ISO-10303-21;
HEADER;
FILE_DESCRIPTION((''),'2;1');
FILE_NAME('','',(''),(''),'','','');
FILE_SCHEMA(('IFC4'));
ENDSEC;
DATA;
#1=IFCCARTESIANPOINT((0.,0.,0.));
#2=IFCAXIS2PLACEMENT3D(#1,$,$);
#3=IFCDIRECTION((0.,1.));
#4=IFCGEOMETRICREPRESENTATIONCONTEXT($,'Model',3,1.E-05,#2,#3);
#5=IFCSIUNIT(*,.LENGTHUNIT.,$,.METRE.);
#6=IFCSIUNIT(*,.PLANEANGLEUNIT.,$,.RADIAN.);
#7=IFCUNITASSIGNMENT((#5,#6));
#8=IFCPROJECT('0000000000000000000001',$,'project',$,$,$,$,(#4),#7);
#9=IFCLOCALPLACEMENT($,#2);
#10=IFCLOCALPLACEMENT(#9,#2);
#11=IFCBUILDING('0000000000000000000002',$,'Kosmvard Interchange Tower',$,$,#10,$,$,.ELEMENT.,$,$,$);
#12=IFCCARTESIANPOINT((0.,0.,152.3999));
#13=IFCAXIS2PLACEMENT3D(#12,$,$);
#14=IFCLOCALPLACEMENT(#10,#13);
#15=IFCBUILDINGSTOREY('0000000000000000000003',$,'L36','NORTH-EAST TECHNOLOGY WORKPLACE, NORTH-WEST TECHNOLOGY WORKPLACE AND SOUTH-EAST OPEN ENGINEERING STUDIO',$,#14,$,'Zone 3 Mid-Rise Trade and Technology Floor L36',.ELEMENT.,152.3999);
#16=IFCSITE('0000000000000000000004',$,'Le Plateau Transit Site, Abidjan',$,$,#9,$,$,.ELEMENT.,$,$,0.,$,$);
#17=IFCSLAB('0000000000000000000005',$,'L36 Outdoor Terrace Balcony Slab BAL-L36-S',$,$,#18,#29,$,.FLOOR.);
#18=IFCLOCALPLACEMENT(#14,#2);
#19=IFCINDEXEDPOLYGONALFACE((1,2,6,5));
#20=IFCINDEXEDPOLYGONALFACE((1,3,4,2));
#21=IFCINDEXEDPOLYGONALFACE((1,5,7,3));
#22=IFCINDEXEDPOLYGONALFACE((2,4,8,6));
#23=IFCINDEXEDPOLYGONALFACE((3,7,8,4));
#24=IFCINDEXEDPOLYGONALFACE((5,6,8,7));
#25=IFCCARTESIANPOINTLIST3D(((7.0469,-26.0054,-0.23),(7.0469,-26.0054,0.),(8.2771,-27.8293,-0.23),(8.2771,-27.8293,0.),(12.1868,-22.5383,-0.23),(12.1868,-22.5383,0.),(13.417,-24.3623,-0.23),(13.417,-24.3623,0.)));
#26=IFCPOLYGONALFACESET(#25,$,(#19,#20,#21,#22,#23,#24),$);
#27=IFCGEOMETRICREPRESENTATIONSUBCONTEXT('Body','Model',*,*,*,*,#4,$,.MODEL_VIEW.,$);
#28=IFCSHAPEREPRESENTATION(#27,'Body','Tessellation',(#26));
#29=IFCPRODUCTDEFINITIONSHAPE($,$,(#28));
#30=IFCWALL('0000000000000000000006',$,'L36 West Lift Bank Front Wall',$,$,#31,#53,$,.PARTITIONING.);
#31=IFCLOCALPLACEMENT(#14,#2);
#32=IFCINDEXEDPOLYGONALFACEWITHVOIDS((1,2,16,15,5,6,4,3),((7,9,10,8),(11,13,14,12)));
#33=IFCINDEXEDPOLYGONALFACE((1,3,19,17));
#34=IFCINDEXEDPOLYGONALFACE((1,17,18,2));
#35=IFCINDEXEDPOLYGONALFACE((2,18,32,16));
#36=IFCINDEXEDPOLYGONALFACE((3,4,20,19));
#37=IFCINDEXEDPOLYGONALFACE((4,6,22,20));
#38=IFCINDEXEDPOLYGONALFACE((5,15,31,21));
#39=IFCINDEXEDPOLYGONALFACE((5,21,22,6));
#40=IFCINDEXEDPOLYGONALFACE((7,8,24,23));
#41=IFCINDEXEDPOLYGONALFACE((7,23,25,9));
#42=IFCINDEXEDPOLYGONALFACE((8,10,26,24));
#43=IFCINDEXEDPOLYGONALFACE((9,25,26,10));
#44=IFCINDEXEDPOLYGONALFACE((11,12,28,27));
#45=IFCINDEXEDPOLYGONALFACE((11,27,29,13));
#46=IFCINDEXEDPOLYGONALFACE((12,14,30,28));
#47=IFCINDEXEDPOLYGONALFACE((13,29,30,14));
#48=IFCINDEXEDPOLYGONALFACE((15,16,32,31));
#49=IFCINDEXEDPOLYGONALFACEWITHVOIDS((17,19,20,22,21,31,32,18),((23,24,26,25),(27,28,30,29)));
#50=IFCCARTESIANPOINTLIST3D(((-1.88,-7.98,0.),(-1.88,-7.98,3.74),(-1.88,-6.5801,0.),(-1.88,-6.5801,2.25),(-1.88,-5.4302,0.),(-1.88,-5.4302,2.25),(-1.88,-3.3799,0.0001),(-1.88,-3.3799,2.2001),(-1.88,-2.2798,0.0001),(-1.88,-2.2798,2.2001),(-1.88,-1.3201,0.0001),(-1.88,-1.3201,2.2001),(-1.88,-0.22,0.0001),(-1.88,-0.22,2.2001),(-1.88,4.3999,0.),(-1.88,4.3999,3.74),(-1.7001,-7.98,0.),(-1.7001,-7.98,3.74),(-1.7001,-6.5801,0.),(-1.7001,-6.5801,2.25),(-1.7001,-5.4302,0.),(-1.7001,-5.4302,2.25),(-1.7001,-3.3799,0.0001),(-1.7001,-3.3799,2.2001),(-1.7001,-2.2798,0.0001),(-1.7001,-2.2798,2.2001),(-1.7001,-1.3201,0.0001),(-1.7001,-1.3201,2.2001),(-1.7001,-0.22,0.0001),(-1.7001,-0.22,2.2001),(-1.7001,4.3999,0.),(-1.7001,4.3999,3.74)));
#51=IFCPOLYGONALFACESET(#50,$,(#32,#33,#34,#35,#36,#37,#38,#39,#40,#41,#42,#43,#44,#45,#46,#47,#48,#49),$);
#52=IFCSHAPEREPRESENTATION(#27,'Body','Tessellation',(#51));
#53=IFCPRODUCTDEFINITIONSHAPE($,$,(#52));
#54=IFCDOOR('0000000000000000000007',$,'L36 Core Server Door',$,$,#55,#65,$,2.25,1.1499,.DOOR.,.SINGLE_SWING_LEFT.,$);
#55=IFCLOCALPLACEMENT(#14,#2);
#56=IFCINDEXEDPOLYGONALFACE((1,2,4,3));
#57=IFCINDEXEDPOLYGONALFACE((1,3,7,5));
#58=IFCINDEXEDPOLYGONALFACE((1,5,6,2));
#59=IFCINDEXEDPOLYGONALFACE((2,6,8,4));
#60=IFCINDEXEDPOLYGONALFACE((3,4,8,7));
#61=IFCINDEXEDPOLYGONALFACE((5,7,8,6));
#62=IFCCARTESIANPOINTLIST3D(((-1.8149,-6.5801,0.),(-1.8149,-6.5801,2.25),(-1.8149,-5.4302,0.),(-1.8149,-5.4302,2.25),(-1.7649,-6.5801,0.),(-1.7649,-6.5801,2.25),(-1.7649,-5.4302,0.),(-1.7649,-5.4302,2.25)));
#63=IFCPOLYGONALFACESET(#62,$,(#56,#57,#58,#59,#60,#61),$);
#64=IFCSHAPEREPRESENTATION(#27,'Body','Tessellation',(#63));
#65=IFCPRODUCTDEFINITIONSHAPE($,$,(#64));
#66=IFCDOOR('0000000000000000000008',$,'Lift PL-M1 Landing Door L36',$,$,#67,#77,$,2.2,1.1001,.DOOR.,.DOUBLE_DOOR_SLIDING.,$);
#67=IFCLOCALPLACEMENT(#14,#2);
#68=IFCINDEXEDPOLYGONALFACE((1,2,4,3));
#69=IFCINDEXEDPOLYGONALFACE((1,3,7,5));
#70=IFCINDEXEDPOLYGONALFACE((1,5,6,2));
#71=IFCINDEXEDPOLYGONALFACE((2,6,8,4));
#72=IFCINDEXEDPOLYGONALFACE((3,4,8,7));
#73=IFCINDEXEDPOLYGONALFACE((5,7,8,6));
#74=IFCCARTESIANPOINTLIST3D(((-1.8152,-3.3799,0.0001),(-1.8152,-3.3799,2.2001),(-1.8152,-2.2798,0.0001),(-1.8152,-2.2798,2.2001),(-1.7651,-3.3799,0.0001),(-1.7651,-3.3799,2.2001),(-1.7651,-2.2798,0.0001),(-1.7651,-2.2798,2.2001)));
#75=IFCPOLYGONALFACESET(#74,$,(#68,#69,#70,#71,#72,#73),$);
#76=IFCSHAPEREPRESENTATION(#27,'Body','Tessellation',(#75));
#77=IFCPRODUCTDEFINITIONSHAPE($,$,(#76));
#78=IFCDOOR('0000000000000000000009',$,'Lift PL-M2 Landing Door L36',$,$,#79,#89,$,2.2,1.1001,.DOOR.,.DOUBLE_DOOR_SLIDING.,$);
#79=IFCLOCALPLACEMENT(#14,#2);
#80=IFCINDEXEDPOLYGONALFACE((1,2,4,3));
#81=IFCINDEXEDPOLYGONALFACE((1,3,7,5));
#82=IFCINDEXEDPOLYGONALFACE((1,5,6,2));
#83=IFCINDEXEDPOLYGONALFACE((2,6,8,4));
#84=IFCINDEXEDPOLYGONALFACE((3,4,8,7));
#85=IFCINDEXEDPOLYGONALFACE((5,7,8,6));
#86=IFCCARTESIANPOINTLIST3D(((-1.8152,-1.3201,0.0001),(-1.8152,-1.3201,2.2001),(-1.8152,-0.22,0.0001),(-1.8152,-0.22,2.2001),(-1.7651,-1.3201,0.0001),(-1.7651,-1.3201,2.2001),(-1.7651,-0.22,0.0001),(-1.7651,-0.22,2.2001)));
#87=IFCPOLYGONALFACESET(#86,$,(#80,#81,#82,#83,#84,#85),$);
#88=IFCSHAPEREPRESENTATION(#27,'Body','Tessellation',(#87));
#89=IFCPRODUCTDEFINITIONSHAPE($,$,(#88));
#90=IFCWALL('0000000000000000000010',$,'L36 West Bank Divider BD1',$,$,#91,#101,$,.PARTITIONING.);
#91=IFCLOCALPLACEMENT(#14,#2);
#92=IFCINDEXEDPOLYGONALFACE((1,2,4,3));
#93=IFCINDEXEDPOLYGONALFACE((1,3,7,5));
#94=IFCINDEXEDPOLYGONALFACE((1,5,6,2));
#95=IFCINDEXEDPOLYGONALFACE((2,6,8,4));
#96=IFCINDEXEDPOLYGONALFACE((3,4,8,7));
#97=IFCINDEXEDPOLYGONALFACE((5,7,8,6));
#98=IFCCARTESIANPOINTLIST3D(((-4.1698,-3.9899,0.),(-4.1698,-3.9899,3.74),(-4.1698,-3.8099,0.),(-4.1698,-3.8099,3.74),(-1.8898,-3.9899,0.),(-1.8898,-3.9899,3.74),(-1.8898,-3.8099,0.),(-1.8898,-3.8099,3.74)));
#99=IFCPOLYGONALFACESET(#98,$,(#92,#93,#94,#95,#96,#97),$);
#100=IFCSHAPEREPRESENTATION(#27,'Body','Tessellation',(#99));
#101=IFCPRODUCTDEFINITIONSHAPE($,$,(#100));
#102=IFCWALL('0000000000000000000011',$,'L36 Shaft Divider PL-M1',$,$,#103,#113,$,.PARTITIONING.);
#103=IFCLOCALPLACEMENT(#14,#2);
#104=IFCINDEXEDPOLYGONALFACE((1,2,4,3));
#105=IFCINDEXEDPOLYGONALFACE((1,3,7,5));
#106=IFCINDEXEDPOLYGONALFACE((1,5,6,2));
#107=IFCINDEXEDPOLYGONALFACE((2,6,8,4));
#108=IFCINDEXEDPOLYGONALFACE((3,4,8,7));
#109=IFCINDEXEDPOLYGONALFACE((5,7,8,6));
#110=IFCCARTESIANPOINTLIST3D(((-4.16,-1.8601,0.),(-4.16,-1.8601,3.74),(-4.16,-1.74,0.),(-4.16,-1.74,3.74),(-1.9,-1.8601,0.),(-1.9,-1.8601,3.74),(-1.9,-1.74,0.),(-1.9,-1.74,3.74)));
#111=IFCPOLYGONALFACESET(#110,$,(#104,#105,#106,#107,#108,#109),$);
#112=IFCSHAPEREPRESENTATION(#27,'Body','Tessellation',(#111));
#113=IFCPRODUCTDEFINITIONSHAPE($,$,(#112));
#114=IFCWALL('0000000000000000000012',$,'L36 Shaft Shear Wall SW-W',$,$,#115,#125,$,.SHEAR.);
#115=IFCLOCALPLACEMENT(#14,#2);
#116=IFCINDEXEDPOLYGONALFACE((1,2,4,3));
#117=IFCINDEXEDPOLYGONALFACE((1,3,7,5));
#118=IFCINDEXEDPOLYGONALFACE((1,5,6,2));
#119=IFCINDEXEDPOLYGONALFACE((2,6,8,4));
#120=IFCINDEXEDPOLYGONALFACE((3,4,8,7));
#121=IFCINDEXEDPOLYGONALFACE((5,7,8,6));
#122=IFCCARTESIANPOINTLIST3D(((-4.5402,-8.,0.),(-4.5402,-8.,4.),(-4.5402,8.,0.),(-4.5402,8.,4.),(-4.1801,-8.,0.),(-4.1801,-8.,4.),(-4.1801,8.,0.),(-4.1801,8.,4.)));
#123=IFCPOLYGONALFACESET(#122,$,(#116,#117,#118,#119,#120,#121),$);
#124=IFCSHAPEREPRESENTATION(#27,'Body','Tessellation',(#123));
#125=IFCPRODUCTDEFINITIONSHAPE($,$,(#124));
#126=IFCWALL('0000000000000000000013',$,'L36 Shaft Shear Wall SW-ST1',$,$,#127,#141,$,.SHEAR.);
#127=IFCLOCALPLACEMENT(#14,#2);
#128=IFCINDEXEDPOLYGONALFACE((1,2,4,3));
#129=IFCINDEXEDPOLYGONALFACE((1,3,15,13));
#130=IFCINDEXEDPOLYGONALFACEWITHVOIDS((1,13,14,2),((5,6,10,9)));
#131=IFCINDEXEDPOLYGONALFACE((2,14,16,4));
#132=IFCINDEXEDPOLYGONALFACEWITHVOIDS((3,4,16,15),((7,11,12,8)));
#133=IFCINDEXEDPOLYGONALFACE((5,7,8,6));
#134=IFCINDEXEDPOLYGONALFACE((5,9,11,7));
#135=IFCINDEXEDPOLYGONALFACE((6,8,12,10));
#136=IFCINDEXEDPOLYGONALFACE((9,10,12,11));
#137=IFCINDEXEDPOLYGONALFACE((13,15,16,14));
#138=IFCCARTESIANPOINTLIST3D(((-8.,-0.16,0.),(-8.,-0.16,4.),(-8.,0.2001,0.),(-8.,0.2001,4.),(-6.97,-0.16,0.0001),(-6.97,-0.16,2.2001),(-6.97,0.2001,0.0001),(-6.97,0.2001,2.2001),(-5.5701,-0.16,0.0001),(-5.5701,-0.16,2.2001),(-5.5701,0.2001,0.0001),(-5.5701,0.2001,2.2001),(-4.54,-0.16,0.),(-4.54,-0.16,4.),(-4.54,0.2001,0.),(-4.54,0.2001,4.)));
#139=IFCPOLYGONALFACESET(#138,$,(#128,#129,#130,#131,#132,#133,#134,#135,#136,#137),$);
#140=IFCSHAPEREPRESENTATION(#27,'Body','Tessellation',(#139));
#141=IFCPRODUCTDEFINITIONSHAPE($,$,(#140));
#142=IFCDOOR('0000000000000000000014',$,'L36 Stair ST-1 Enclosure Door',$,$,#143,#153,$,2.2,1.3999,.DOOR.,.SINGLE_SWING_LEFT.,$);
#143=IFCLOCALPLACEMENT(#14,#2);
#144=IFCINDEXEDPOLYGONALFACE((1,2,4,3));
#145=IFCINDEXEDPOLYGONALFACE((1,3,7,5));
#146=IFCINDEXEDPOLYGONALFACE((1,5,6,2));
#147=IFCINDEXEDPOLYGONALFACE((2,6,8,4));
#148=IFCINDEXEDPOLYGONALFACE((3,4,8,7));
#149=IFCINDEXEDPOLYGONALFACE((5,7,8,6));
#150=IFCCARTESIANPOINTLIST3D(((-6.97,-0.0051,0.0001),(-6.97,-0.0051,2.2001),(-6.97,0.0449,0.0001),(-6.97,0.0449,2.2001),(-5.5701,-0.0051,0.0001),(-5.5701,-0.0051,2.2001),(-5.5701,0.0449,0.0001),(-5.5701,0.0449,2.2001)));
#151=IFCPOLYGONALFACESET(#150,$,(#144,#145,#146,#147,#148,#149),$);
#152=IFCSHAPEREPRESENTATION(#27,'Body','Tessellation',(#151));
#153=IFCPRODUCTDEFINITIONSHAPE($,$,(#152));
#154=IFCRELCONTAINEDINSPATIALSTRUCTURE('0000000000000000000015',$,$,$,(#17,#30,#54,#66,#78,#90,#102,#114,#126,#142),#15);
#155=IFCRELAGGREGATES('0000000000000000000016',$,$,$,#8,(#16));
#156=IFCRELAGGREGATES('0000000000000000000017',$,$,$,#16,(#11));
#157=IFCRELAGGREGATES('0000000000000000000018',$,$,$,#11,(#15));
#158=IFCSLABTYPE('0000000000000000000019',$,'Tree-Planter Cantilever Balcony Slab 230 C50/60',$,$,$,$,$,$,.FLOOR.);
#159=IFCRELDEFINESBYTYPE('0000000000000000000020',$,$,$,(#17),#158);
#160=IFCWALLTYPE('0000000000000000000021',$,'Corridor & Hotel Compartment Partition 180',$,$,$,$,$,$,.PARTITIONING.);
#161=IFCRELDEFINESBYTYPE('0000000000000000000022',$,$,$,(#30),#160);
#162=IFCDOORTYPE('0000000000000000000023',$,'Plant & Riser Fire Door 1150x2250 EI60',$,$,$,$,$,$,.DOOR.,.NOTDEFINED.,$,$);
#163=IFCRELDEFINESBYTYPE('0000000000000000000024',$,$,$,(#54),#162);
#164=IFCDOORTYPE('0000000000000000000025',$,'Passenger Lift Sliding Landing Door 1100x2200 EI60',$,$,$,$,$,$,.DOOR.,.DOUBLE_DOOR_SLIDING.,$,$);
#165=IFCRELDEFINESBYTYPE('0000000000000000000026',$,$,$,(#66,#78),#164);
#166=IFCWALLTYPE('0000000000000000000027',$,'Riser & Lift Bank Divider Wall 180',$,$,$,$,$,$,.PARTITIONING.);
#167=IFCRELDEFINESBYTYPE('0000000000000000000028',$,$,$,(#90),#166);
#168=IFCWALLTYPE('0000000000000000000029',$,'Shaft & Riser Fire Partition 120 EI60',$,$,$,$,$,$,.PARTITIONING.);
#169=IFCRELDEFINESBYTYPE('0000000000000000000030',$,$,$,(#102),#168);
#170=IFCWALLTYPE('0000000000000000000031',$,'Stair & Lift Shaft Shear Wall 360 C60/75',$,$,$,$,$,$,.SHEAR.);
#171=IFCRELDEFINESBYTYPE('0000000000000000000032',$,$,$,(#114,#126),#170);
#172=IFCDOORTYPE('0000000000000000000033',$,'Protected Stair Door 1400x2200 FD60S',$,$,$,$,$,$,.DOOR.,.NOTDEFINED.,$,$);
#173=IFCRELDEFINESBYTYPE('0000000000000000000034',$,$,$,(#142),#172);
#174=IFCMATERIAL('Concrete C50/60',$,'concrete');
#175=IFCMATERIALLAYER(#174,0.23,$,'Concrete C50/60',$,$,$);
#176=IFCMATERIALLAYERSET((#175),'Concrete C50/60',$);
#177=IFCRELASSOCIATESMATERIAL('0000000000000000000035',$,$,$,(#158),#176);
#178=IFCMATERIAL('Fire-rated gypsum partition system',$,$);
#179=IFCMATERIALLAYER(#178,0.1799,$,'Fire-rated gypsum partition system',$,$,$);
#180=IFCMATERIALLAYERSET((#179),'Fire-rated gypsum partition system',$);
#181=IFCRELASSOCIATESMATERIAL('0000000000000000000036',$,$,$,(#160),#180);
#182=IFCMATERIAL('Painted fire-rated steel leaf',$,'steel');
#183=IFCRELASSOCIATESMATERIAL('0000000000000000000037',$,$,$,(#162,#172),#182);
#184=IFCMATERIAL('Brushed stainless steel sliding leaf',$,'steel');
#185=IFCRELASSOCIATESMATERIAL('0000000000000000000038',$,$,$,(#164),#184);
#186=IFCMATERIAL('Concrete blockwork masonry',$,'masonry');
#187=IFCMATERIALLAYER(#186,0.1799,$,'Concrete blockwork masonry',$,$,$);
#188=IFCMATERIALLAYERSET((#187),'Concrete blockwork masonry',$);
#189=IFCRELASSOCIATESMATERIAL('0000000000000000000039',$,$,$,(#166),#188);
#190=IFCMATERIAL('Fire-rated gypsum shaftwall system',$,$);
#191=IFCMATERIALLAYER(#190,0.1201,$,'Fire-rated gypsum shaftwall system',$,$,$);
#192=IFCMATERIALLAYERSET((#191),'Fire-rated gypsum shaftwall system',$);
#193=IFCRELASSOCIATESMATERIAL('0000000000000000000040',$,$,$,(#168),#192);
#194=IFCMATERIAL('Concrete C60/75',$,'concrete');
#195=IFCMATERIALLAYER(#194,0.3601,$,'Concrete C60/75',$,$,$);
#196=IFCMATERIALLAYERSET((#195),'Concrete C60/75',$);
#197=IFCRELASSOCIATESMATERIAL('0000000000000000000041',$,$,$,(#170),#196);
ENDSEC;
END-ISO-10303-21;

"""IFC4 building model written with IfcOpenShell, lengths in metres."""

from ifc_helpers import new_model, si_unit, direction, frame, frame_2d, origin, place, context, subcontext, project, spatial, polyline, rectangle, outline, extrude, source, transform, mapped, material, layer, layer_set, type_object, element, fill, save


model = new_model("IFC4")

# Units and contexts
model_context = context("Model", 3, precision=1e-05, world=origin(), true_north=direction((0.0, 1.0)))
body_context = subcontext(model_context, "Body", "Model", "MODEL_VIEW")
ifc_project = project(units=[si_unit("LENGTHUNIT", "METRE"), si_unit("PLANEANGLEUNIT", "RADIAN")], contexts=[model_context])

# Site, building, storey
site_placement = place(None, origin())
site = spatial("IfcSite", under=ifc_project, at=site_placement, Name="Le Plateau Transit Site, Abidjan", CompositionType="ELEMENT", RefElevation=0.0)
building_placement = place(site_placement, origin())
building = spatial("IfcBuilding", under=site, at=building_placement, Name="Kosmvard Interchange Tower", CompositionType="ELEMENT")
storey_placement = place(building_placement, frame((0.0, 0.0, 152.3999)))
storey = spatial("IfcBuildingStorey", under=building, at=storey_placement, Name="L36", Description="NORTH-EAST TECHNOLOGY WORKPLACE, NORTH-WEST TECHNOLOGY WORKPLACE AND SOUTH-EAST OPEN ENGINEERING STUDIO", LongName="Zone 3 Mid-Rise Trade and Technology Floor L36", CompositionType="ELEMENT", Elevation=152.3999)

# Shared definitions
ifc_material_1 = material(Name="Concrete C60/75", Category="concrete")

# Slab
ifc_material_2 = material(Name="Concrete C50/60", Category="concrete")
ifc_layer_1 = layer(ifc_material_2, 0.23, Name="Concrete C50/60")
ifc_layer_set_1 = layer_set([ifc_layer_1], Name="Concrete C50/60")
slab_type_1 = type_object("IfcSlabType", Name="Tree-Planter Cantilever Balcony Slab 230 C50/60", PredefinedType="FLOOR", material=ifc_layer_set_1)
slab_1_placement = place(storey_placement, frame((0.0, 0.0, -0.23)))
element("IfcSlab", 1, at=slab_1_placement, inside=storey, type_object=slab_type_1, Name="L36 Outdoor Terrace Balcony Slab BAL-L36-S", PredefinedType="FLOOR", context=body_context, shape_type="SweptSolid", body=[
    extrude(outline(polyline([(8.2771, -27.8293), (13.417, -24.3623), (12.1868, -22.5383), (7.0469, -26.0054), (8.2771, -27.8293)])), origin(), (0.0, 0.0, 1.0), 0.23),
])

# Wall, openings, doors
ifc_material_3 = material(Name="Fire-rated gypsum partition system")
ifc_layer_2 = layer(ifc_material_3, 0.1799, Name="Fire-rated gypsum partition system")
ifc_layer_set_2 = layer_set([ifc_layer_2], Name="Fire-rated gypsum partition system")
wall_type_1 = type_object("IfcWallType", Name="Corridor & Hotel Compartment Partition 180", PredefinedType="PARTITIONING", material=ifc_layer_set_2)
wall_1_placement = place(storey_placement, frame((-1.79, -7.98, 0.0), z_axis=(0.0, 0.0, 1.0), x_axis=(0.0, 1.0, 0.0)))
wall_1 = element("IfcWall", 2, at=wall_1_placement, inside=storey, type_object=wall_type_1, Name="L36 West Lift Bank Front Wall", PredefinedType="PARTITIONING", context=body_context, shape_type="SweptSolid", body=[
    extrude(rectangle(XDim=12.3799, YDim=0.1799, at=frame_2d((6.1899, 0.0))), origin(), (0.0, 0.0, 1.0), 3.74),
])
opening_1_placement = place(wall_1_placement, frame((4.6001, 0.0, 0.0)))
opening_1 = element("IfcOpeningElement", 3, at=opening_1_placement, cuts=wall_1, PredefinedType="OPENING", context=body_context, shape_type="SweptSolid", body=[
    extrude(rectangle(XDim=1.1001, YDim=2.2, at=frame_2d((0.55, 1.1001))), frame((0.0, 0.1001, 0.0), z_axis=(0.0, -1.0, 0.0), x_axis=(1.0, 0.0, 0.0)), (0.0, 0.0, 1.0), 0.2),
])
opening_2_placement = place(wall_1_placement, frame((6.6599, 0.0, 0.0)))
opening_2 = element("IfcOpeningElement", 4, at=opening_2_placement, cuts=wall_1, PredefinedType="OPENING", context=body_context, shape_type="SweptSolid", body=[
    extrude(rectangle(XDim=1.1001, YDim=2.2, at=frame_2d((0.55, 1.1001))), frame((0.0, 0.1001, 0.0), z_axis=(0.0, -1.0, 0.0), x_axis=(1.0, 0.0, 0.0)), (0.0, 0.0, 1.0), 0.2),
])
opening_3_placement = place(wall_1_placement, frame((1.3999, 0.0, 0.0)))
opening_3 = element("IfcOpeningElement", 5, at=opening_3_placement, cuts=wall_1, PredefinedType="OPENING", context=body_context, shape_type="SweptSolid", body=[
    extrude(rectangle(XDim=1.1499, YDim=2.25, at=frame_2d((0.575, 1.125))), frame((0.0, 0.1001, 0.0), z_axis=(0.0, -1.0, 0.0), x_axis=(1.0, 0.0, 0.0)), (0.0, 0.0, 1.0), 0.2),
])
ifc_material_4 = material(Name="Painted fire-rated steel leaf", Category="steel")
door_type_1 = type_object("IfcDoorType", Name="Plant & Riser Fire Door 1150x2250 EI60", OperationType="NOTDEFINED", PredefinedType="DOOR", material=ifc_material_4)
shared_shape_1 = source(origin(), body_context, "Body", "SweptSolid", [
    extrude(rectangle(XDim=1.1499, YDim=2.25, at=frame_2d((0.575, 1.125))), frame((0.0, 0.0249, 0.0), z_axis=(0.0, -1.0, 0.0), x_axis=(1.0, 0.0, 0.0)), (0.0, 0.0, 1.0), 0.05),
])
door_1_placement = place(opening_3_placement, origin())
door_1 = element("IfcDoor", 6, at=door_1_placement, inside=storey, type_object=door_type_1, Name="L36 Core Server Door", OperationType="SINGLE_SWING_LEFT", OverallHeight=2.25, OverallWidth=1.1499, PredefinedType="DOOR", context=body_context, shape_type="MappedRepresentation", body=[
    mapped(shared_shape_1, transform((0.0, 0.0, 0.0), scale=1.0)),
])
fill(opening_3, door_1)
ifc_material_5 = material(Name="Brushed stainless steel sliding leaf", Category="steel")
door_type_2 = type_object("IfcDoorType", Name="Passenger Lift Sliding Landing Door 1100x2200 EI60", OperationType="DOUBLE_DOOR_SLIDING", PredefinedType="DOOR", material=ifc_material_5)
shared_shape_2 = source(origin(), body_context, "Body", "SweptSolid", [
    extrude(rectangle(XDim=1.1001, YDim=2.2, at=frame_2d((0.55, 1.1001))), frame((0.0, 0.0249, 0.0), z_axis=(0.0, -1.0, 0.0), x_axis=(1.0, 0.0, 0.0)), (0.0, 0.0, 1.0), 0.05),
])
door_2_placement = place(opening_1_placement, frame((1.1001, 0.0, 0.0), z_axis=(0.0, 0.0, 1.0), x_axis=(-1.0, 0.0, 0.0)))
door_2 = element("IfcDoor", 7, at=door_2_placement, inside=storey, type_object=door_type_2, Name="Lift PL-M1 Landing Door L36", OperationType="DOUBLE_DOOR_SLIDING", OverallHeight=2.2, OverallWidth=1.1001, PredefinedType="DOOR", context=body_context, shape_type="MappedRepresentation", body=[
    mapped(shared_shape_2, transform((0.0, 0.0, 0.0), scale=1.0)),
])
fill(opening_1, door_2)
door_3_placement = place(opening_2_placement, frame((1.1001, 0.0, 0.0), z_axis=(0.0, 0.0, 1.0), x_axis=(-1.0, 0.0, 0.0)))
door_3 = element("IfcDoor", 8, at=door_3_placement, inside=storey, type_object=door_type_2, Name="Lift PL-M2 Landing Door L36", OperationType="DOUBLE_DOOR_SLIDING", OverallHeight=2.2, OverallWidth=1.1001, PredefinedType="DOOR", context=body_context, shape_type="MappedRepresentation", body=[
    mapped(shared_shape_2, transform((0.0, 0.0, 0.0), scale=1.0)),
])
fill(opening_2, door_3)

# Walls
ifc_material_6 = material(Name="Concrete blockwork masonry", Category="masonry")
ifc_layer_3 = layer(ifc_material_6, 0.1799, Name="Concrete blockwork masonry")
ifc_layer_set_3 = layer_set([ifc_layer_3], Name="Concrete blockwork masonry")
wall_type_2 = type_object("IfcWallType", Name="Riser & Lift Bank Divider Wall 180", PredefinedType="PARTITIONING", material=ifc_layer_set_3)
wall_2_placement = place(storey_placement, frame((-4.1699, -3.8999, 0.0), z_axis=(0.0, 0.0, 1.0), x_axis=(1.0, 0.0, 0.0)))
element("IfcWall", 9, at=wall_2_placement, inside=storey, type_object=wall_type_2, Name="L36 West Bank Divider BD1", PredefinedType="PARTITIONING", context=body_context, shape_type="SweptSolid", body=[
    extrude(rectangle(XDim=2.28, YDim=0.1799, at=frame_2d((1.1401, 0.0))), origin(), (0.0, 0.0, 1.0), 3.74),
])
ifc_material_7 = material(Name="Fire-rated gypsum shaftwall system")
ifc_layer_4 = layer(ifc_material_7, 0.1201, Name="Fire-rated gypsum shaftwall system")
ifc_layer_set_4 = layer_set([ifc_layer_4], Name="Fire-rated gypsum shaftwall system")
wall_type_3 = type_object("IfcWallType", Name="Shaft & Riser Fire Partition 120 EI60", PredefinedType="PARTITIONING", material=ifc_layer_set_4)
wall_3_placement = place(storey_placement, frame((-4.1599, -1.8, 0.0), z_axis=(0.0, 0.0, 1.0), x_axis=(1.0, 0.0, 0.0)))
element("IfcWall", 10, at=wall_3_placement, inside=storey, type_object=wall_type_3, Name="L36 Shaft Divider PL-M1", PredefinedType="PARTITIONING", context=body_context, shape_type="SweptSolid", body=[
    extrude(rectangle(XDim=2.26, YDim=0.1201, at=frame_2d((1.1299, 0.0))), origin(), (0.0, 0.0, 1.0), 3.74),
])
ifc_layer_5 = layer(ifc_material_1, 0.3601, Name="Concrete C60/75")
ifc_layer_set_5 = layer_set([ifc_layer_5], Name="Concrete C60/75")
wall_type_4 = type_object("IfcWallType", Name="Stair & Lift Shaft Shear Wall 360 C60/75", PredefinedType="SHEAR", material=ifc_layer_set_5)
wall_4_placement = place(storey_placement, frame((-4.3601, -8.0, 0.0), z_axis=(0.0, 0.0, 1.0), x_axis=(0.0, 1.0, 0.0)))
element("IfcWall", 11, at=wall_4_placement, inside=storey, type_object=wall_type_4, Name="L36 Shaft Shear Wall SW-W", PredefinedType="SHEAR", context=body_context, shape_type="SweptSolid", body=[
    extrude(rectangle(XDim=16.0, YDim=0.3601, at=frame_2d((8.0, 0.0))), origin(), (0.0, 0.0, 1.0), 4.0),
])

# Wall, opening, door
wall_5_placement = place(storey_placement, frame((-8.0, 0.02, 0.0), z_axis=(0.0, 0.0, 1.0), x_axis=(1.0, 0.0, 0.0)))
wall_5 = element("IfcWall", 12, at=wall_5_placement, inside=storey, type_object=wall_type_4, Name="L36 Shaft Shear Wall SW-ST1", PredefinedType="SHEAR", context=body_context, shape_type="SweptSolid", body=[
    extrude(rectangle(XDim=3.46, YDim=0.3601, at=frame_2d((1.73, 0.0))), origin(), (0.0, 0.0, 1.0), 4.0),
])
opening_4_placement = place(wall_5_placement, frame((1.03, 0.0, 0.0)))
opening_4 = element("IfcOpeningElement", 13, at=opening_4_placement, cuts=wall_5, PredefinedType="OPENING", context=body_context, shape_type="SweptSolid", body=[
    extrude(rectangle(XDim=1.3999, YDim=2.2, at=frame_2d((0.7, 1.1001))), frame((0.0, 0.1899, 0.0), z_axis=(0.0, -1.0, 0.0), x_axis=(1.0, 0.0, 0.0)), (0.0, 0.0, 1.0), 0.3801),
])
door_type_3 = type_object("IfcDoorType", Name="Protected Stair Door 1400x2200 FD60S", OperationType="NOTDEFINED", PredefinedType="DOOR", material=ifc_material_4)
shared_shape_3 = source(origin(), body_context, "Body", "SweptSolid", [
    extrude(rectangle(XDim=1.3999, YDim=2.2, at=frame_2d((0.7, 1.1001))), frame((0.0, 0.0249, 0.0), z_axis=(0.0, -1.0, 0.0), x_axis=(1.0, 0.0, 0.0)), (0.0, 0.0, 1.0), 0.05),
])
door_4_placement = place(opening_4_placement, origin())
door_4 = element("IfcDoor", 14, at=door_4_placement, inside=storey, type_object=door_type_3, Name="L36 Stair ST-1 Enclosure Door", OperationType="SINGLE_SWING_LEFT", OverallHeight=2.2, OverallWidth=1.3999, PredefinedType="DOOR", context=body_context, shape_type="MappedRepresentation", body=[
    mapped(shared_shape_3, transform((0.0, 0.0, 0.0), scale=1.0)),
])
fill(opening_4, door_4)

save(model, "model.ifc")
